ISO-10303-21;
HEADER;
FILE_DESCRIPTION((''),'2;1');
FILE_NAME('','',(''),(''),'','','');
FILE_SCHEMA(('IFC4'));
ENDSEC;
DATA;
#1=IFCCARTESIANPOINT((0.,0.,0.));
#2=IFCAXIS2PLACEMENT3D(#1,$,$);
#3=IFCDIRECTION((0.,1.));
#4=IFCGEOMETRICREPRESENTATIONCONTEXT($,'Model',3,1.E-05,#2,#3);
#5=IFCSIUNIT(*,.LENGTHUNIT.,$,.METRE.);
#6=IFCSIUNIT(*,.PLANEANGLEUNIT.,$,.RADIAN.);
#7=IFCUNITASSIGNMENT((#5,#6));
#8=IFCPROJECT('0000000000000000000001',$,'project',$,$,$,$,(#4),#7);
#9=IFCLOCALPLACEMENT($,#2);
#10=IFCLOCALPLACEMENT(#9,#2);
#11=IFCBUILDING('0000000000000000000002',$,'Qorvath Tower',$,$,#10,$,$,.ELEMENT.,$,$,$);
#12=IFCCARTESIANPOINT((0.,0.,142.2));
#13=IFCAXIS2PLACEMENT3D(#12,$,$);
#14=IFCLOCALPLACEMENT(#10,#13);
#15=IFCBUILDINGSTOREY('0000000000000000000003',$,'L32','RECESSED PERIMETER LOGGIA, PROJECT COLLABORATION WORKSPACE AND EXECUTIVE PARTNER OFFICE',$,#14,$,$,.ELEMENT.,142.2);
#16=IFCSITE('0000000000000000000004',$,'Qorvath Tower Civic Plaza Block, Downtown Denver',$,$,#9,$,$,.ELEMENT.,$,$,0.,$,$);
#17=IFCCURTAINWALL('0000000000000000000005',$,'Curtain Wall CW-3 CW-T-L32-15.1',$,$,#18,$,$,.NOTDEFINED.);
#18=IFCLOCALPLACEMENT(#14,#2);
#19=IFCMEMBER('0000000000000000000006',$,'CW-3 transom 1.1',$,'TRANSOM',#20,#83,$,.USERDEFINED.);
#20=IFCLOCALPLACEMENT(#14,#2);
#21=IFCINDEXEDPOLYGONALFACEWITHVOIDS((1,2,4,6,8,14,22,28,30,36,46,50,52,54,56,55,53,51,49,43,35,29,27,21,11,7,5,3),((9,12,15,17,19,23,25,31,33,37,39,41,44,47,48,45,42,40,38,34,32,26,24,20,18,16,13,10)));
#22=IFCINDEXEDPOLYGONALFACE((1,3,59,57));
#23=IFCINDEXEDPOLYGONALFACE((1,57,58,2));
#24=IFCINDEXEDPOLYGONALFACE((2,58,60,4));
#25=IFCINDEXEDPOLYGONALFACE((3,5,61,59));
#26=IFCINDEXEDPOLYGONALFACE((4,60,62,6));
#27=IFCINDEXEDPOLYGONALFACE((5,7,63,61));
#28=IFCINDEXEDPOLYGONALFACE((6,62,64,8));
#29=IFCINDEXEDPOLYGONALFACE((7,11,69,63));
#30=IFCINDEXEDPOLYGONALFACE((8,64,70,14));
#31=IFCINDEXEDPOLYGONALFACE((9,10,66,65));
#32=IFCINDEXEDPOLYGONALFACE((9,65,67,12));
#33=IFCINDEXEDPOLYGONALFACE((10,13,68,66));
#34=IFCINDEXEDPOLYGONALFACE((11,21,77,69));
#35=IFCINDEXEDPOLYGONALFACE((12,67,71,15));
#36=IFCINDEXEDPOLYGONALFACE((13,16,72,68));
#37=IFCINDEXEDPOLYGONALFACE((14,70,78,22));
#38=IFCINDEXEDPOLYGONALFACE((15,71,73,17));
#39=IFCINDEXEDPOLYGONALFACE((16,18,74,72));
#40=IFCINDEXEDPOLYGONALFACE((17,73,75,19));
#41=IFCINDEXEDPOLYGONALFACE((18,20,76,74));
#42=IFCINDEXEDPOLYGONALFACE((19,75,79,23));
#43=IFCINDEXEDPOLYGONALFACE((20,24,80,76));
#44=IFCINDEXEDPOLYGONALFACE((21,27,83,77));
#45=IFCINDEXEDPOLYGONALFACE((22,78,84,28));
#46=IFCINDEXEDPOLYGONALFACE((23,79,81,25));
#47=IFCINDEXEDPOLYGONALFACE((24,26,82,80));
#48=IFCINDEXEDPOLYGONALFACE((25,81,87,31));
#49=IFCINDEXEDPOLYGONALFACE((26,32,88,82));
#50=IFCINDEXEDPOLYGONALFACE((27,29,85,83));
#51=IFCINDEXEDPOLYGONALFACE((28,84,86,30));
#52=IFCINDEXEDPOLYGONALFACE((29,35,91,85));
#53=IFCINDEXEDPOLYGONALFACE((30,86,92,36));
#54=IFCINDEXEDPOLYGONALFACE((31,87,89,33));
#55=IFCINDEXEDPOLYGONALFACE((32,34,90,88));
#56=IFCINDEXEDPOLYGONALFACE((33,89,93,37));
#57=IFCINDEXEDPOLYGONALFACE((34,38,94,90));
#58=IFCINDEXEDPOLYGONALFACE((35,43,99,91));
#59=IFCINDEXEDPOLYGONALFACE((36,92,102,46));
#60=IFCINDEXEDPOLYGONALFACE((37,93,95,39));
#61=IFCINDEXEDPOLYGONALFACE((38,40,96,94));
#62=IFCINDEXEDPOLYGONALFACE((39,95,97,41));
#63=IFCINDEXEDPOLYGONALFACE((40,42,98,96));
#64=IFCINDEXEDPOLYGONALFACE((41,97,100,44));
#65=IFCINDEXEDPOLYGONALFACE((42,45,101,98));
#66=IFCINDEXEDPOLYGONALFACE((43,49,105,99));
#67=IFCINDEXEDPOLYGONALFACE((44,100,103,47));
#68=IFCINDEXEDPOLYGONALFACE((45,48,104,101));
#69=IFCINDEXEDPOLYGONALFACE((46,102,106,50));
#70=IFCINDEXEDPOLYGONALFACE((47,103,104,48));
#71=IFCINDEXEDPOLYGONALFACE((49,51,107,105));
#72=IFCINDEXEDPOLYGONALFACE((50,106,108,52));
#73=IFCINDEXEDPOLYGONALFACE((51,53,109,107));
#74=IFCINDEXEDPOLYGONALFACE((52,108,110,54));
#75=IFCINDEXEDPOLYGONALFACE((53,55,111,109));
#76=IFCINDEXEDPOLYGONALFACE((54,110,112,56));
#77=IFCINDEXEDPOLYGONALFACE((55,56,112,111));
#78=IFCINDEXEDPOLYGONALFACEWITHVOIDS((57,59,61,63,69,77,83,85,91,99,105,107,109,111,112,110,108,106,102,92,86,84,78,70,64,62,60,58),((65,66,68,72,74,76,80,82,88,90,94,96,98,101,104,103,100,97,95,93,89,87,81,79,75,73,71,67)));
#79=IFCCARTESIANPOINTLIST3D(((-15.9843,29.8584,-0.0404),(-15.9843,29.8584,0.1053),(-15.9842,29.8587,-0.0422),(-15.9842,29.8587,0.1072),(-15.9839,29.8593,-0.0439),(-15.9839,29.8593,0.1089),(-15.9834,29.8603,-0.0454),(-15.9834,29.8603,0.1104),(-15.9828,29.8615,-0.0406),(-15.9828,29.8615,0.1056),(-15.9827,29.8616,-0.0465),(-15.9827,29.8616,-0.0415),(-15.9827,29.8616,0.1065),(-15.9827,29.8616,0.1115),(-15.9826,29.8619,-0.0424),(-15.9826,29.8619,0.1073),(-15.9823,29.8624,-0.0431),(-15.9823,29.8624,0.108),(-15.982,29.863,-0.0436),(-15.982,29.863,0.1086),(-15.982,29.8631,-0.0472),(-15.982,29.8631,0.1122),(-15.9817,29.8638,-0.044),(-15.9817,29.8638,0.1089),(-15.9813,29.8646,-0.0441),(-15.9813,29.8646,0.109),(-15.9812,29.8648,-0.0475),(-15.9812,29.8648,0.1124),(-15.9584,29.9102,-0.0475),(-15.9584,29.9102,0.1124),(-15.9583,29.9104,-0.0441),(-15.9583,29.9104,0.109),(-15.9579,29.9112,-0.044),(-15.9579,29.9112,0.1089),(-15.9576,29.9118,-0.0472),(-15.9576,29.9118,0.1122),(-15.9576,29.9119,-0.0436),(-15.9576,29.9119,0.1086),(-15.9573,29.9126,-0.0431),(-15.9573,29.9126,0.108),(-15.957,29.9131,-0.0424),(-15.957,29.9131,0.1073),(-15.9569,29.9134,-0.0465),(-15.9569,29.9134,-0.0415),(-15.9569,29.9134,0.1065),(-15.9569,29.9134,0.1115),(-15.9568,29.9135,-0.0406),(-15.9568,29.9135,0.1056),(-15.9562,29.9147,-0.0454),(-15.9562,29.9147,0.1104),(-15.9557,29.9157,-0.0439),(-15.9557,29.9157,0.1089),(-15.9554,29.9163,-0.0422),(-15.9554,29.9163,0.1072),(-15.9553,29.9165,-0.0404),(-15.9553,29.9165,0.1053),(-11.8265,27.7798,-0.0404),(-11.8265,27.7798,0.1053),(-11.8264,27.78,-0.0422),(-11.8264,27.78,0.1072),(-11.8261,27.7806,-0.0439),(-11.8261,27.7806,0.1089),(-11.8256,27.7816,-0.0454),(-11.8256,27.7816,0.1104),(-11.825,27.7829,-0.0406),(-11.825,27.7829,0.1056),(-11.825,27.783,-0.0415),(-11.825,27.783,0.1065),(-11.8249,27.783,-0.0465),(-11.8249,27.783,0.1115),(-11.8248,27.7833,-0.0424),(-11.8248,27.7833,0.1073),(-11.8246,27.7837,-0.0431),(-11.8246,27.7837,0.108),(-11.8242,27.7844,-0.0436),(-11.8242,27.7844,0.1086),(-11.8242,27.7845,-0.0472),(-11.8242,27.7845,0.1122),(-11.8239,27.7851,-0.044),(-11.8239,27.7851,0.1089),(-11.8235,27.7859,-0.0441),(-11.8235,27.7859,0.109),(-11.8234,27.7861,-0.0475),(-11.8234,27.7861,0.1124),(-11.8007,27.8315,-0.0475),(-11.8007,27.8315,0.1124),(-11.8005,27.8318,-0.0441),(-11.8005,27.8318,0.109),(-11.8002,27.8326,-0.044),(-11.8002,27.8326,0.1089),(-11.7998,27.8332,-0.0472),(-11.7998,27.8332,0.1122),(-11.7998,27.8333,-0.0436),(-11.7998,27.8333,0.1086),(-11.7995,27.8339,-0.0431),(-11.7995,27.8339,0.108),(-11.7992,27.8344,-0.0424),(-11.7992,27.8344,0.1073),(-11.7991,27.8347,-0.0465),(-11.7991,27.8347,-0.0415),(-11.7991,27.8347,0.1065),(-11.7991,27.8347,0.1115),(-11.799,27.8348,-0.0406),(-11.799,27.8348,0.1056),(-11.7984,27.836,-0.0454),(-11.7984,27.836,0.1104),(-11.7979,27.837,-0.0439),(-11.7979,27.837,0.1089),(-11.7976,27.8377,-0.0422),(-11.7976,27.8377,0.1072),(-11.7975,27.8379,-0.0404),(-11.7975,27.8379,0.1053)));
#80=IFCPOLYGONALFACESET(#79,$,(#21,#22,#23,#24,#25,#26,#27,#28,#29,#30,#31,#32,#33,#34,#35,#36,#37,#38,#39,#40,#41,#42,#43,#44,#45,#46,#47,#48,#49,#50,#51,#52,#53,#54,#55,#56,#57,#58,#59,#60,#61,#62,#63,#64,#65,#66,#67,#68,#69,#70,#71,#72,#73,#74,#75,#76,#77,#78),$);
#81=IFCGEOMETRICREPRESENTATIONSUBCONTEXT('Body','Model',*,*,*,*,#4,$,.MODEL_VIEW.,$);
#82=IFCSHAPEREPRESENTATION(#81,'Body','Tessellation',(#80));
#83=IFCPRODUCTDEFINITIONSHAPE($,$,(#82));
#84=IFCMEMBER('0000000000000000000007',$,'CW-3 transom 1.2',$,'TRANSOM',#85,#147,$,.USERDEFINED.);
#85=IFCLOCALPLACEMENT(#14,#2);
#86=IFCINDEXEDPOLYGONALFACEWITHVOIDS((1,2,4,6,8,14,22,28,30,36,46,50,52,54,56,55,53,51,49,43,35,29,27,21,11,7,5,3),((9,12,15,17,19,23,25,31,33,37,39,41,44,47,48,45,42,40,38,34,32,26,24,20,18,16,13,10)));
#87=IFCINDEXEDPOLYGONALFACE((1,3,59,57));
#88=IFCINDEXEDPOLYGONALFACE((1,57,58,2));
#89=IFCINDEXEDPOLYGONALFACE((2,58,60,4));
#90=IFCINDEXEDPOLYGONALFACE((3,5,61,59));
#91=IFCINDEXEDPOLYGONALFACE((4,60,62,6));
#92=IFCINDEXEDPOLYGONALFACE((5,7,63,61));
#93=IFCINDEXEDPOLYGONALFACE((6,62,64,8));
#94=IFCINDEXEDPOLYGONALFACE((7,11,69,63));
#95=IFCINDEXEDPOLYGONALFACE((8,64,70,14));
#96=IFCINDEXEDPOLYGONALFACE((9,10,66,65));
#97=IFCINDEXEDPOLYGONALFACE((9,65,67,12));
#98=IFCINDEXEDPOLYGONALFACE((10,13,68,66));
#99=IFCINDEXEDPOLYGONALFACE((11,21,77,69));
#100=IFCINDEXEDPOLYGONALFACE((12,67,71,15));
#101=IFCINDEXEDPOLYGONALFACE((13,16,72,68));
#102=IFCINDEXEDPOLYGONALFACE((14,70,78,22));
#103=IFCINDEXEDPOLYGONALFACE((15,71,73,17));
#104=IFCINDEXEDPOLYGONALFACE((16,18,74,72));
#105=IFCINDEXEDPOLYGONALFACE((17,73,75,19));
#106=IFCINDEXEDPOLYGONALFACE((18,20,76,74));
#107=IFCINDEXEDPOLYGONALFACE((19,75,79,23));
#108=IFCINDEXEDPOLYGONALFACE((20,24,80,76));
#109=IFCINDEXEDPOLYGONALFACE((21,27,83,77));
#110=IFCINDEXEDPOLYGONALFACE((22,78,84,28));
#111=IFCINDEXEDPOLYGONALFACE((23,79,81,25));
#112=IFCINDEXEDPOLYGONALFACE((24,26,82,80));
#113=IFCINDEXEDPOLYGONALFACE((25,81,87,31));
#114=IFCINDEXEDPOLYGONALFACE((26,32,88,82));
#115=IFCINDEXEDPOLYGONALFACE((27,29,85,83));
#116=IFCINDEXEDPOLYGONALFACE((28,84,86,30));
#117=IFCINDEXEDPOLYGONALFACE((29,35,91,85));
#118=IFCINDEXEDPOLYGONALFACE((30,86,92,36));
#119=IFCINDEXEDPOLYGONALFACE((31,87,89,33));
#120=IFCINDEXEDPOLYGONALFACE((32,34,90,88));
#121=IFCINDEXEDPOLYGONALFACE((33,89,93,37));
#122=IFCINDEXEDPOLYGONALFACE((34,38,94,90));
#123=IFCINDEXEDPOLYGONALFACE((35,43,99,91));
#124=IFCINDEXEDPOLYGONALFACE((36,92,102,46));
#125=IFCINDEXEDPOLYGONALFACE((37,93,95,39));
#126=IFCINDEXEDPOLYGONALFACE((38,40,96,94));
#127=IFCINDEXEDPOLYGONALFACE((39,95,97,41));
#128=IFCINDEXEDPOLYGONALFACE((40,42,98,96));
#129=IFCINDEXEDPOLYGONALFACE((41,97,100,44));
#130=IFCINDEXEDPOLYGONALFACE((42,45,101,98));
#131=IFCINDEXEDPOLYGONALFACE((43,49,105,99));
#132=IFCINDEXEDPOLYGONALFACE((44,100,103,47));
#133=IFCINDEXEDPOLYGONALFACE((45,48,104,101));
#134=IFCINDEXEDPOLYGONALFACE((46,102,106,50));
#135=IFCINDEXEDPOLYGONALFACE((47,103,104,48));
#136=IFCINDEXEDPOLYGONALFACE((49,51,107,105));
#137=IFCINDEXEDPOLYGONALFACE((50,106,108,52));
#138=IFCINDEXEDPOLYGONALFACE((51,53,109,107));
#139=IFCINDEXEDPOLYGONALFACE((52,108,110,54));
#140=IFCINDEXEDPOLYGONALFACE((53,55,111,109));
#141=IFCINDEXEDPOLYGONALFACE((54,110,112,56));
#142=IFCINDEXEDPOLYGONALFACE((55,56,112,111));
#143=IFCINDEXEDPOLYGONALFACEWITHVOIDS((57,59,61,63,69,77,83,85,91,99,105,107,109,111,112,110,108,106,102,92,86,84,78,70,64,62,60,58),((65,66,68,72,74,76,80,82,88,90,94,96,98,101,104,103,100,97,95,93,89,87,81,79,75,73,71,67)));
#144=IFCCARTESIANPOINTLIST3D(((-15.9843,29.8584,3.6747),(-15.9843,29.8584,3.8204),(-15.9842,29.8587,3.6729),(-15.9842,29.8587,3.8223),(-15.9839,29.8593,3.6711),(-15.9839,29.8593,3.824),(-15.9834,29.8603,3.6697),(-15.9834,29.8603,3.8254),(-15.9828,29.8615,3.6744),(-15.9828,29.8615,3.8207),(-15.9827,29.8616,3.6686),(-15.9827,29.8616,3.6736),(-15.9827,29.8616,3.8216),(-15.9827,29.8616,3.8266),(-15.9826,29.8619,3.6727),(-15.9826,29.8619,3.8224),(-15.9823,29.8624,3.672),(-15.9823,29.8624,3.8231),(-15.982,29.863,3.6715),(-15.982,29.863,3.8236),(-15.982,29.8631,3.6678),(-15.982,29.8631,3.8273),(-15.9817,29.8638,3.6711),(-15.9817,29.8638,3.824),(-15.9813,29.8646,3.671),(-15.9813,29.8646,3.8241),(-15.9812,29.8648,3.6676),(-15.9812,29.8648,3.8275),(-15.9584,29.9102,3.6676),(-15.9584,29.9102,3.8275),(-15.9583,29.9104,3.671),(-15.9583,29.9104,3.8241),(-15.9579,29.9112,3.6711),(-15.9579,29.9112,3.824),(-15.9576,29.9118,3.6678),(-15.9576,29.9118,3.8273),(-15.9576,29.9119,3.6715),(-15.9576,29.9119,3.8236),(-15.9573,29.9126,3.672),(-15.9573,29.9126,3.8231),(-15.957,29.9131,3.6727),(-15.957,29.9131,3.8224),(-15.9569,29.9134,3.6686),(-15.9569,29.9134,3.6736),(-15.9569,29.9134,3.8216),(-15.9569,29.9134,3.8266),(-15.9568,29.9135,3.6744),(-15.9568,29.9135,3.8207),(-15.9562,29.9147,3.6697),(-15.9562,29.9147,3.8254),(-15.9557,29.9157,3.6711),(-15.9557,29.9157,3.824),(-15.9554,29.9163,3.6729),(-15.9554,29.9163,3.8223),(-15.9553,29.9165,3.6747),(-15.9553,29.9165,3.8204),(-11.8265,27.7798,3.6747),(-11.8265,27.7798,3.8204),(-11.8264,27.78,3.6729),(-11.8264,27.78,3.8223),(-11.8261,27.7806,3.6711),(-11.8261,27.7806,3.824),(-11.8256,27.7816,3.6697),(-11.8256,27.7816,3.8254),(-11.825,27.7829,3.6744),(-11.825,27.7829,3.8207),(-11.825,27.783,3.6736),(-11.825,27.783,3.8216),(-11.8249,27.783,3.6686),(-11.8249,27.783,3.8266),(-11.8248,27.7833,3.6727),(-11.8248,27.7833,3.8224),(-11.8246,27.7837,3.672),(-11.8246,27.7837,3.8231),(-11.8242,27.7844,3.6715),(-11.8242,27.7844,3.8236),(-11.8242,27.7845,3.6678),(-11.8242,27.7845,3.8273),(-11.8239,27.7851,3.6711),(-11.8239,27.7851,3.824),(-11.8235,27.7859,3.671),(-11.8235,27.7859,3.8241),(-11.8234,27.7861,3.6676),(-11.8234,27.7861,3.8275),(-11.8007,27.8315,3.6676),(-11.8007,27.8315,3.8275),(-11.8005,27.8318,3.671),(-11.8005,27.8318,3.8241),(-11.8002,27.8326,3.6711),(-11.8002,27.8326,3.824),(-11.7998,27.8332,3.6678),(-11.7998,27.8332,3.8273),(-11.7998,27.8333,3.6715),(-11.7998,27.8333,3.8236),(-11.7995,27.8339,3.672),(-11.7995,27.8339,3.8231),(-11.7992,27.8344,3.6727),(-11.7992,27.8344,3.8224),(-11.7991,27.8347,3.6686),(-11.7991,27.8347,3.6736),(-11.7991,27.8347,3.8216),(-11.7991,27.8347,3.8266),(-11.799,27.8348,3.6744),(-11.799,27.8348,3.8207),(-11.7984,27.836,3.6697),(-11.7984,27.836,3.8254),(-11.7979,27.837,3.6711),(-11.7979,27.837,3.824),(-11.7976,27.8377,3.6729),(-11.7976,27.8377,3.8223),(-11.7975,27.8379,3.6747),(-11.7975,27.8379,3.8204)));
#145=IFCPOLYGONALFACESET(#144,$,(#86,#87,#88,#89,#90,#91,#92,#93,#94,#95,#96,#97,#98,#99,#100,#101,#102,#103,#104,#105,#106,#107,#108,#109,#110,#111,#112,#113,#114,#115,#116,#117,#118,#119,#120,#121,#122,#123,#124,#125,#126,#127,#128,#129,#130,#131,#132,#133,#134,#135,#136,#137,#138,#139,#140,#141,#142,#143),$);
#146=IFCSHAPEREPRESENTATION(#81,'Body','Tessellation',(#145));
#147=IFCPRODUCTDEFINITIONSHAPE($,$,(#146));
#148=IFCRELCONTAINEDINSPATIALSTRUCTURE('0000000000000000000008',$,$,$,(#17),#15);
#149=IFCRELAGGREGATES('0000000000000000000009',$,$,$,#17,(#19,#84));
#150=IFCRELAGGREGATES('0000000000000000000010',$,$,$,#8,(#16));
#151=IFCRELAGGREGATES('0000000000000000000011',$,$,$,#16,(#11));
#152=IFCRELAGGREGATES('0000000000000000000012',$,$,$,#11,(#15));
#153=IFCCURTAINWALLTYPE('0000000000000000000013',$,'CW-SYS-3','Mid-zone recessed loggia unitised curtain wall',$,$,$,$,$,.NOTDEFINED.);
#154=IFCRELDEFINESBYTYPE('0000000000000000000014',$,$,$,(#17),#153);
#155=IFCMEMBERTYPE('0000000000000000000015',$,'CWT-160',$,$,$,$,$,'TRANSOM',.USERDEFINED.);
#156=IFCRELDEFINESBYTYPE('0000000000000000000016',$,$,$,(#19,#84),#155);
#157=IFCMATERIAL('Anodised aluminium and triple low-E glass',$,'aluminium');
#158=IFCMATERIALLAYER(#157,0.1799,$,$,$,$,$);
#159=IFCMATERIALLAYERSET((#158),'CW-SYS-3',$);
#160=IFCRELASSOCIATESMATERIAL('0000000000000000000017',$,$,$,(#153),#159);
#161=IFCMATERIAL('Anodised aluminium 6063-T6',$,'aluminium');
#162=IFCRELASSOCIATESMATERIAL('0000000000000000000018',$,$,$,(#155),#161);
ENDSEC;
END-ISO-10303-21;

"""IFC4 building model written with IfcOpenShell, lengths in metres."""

from ifc_helpers import new_model, si_unit, direction, frame, origin, origin_2d, place, context, subcontext, project, spatial, hollow_rectangle, extrude, material, layer, layer_set, material_profile, profile_set, type_object, element, aggregate, save


model = new_model("IFC4")

# Units and contexts
model_context = context("Model", 3, precision=1e-05, world=origin(), true_north=direction((0.0, 1.0)))
body_context = subcontext(model_context, "Body", "Model", "MODEL_VIEW")
ifc_project = project(units=[si_unit("LENGTHUNIT", "METRE"), si_unit("PLANEANGLEUNIT", "RADIAN")], contexts=[model_context])

# Site, building, storey
site_placement = place(None, origin())
site = spatial("IfcSite", under=ifc_project, at=site_placement, Name="Qorvath Tower Civic Plaza Block, Downtown Denver", CompositionType="ELEMENT", RefElevation=0.0)
building_placement = place(site_placement, origin())
building = spatial("IfcBuilding", under=site, at=building_placement, Name="Qorvath Tower", CompositionType="ELEMENT")
storey_placement = place(building_placement, frame((0.0, 0.0, 142.2)))
storey = spatial("IfcBuildingStorey", under=building, at=storey_placement, Name="L32", Description="RECESSED PERIMETER LOGGIA, PROJECT COLLABORATION WORKSPACE AND EXECUTIVE PARTNER OFFICE", CompositionType="ELEMENT", Elevation=142.2)

# Shared definitions
ifc_material_1 = material(Name="Anodised aluminium and triple low-E glass", Category="aluminium")
ifc_layer_1 = layer(ifc_material_1, 0.1799)
ifc_layer_set_1 = layer_set([ifc_layer_1], Name="CW-SYS-3")
curtain_wall_type = type_object("IfcCurtainWallType", Name="CW-SYS-3", Description="Mid-zone recessed loggia unitised curtain wall", PredefinedType="NOTDEFINED", material=ifc_layer_set_1)

# Curtain wall
curtain_wall_1_placement = place(storey_placement, origin())
curtain_wall_1 = element("IfcCurtainWall", 1, at=curtain_wall_1_placement, inside=storey, type_object=curtain_wall_type, Name="Curtain Wall CW-3 CW-T-L32-15.1", PredefinedType="NOTDEFINED")

# Members
ifc_material_2 = material(Name="Anodised aluminium 6063-T6", Category="aluminium")
ifc_material_profile_1 = material_profile(ifc_material_2, hollow_rectangle(XDim=0.0649, YDim=0.1599, WallThickness=0.0034, InnerFilletRadius=0.0034, OuterFilletRadius=0.0071, at=origin_2d()), Name="CWT 160x65")
ifc_profile_set_1 = profile_set([ifc_material_profile_1], Name="Anodised aluminium 6063-T6")
member_type_1 = type_object("IfcMemberType", Name="CWT-160", ElementType="TRANSOM", PredefinedType="USERDEFINED", material=ifc_profile_set_1)
member_1_placement = place(storey_placement, frame((-11.812, 27.8088, 0.0325), z_axis=(-0.894448, 0.447172, 0.0), x_axis=(-0.447172, -0.894448, 0.0)))
member_1 = element("IfcMember", 2, at=member_1_placement, type_object=member_type_1, Name="CW-3 transom 1.1", ObjectType="TRANSOM", PredefinedType="USERDEFINED", context=body_context, shape_type="SweptSolid", body=[
    extrude(hollow_rectangle(XDim=0.0649, YDim=0.1599, WallThickness=0.0034, InnerFilletRadius=0.0034, OuterFilletRadius=0.0071, at=origin_2d()), origin(), (0.0, 0.0, 1.0), 4.6484),
])
member_2_placement = place(storey_placement, frame((-11.812, 27.8088, 3.7476), z_axis=(-0.894448, 0.447172, 0.0), x_axis=(-0.447172, -0.894448, 0.0)))
member_2 = element("IfcMember", 3, at=member_2_placement, type_object=member_type_1, Name="CW-3 transom 1.2", ObjectType="TRANSOM", PredefinedType="USERDEFINED", context=body_context, shape_type="SweptSolid", body=[
    extrude(hollow_rectangle(XDim=0.0649, YDim=0.1599, WallThickness=0.0034, InnerFilletRadius=0.0034, OuterFilletRadius=0.0071, at=origin_2d()), origin(), (0.0, 0.0, 1.0), 4.6484),
])

aggregate(curtain_wall_1, [member_1, member_2])

save(model, "model.ifc")
